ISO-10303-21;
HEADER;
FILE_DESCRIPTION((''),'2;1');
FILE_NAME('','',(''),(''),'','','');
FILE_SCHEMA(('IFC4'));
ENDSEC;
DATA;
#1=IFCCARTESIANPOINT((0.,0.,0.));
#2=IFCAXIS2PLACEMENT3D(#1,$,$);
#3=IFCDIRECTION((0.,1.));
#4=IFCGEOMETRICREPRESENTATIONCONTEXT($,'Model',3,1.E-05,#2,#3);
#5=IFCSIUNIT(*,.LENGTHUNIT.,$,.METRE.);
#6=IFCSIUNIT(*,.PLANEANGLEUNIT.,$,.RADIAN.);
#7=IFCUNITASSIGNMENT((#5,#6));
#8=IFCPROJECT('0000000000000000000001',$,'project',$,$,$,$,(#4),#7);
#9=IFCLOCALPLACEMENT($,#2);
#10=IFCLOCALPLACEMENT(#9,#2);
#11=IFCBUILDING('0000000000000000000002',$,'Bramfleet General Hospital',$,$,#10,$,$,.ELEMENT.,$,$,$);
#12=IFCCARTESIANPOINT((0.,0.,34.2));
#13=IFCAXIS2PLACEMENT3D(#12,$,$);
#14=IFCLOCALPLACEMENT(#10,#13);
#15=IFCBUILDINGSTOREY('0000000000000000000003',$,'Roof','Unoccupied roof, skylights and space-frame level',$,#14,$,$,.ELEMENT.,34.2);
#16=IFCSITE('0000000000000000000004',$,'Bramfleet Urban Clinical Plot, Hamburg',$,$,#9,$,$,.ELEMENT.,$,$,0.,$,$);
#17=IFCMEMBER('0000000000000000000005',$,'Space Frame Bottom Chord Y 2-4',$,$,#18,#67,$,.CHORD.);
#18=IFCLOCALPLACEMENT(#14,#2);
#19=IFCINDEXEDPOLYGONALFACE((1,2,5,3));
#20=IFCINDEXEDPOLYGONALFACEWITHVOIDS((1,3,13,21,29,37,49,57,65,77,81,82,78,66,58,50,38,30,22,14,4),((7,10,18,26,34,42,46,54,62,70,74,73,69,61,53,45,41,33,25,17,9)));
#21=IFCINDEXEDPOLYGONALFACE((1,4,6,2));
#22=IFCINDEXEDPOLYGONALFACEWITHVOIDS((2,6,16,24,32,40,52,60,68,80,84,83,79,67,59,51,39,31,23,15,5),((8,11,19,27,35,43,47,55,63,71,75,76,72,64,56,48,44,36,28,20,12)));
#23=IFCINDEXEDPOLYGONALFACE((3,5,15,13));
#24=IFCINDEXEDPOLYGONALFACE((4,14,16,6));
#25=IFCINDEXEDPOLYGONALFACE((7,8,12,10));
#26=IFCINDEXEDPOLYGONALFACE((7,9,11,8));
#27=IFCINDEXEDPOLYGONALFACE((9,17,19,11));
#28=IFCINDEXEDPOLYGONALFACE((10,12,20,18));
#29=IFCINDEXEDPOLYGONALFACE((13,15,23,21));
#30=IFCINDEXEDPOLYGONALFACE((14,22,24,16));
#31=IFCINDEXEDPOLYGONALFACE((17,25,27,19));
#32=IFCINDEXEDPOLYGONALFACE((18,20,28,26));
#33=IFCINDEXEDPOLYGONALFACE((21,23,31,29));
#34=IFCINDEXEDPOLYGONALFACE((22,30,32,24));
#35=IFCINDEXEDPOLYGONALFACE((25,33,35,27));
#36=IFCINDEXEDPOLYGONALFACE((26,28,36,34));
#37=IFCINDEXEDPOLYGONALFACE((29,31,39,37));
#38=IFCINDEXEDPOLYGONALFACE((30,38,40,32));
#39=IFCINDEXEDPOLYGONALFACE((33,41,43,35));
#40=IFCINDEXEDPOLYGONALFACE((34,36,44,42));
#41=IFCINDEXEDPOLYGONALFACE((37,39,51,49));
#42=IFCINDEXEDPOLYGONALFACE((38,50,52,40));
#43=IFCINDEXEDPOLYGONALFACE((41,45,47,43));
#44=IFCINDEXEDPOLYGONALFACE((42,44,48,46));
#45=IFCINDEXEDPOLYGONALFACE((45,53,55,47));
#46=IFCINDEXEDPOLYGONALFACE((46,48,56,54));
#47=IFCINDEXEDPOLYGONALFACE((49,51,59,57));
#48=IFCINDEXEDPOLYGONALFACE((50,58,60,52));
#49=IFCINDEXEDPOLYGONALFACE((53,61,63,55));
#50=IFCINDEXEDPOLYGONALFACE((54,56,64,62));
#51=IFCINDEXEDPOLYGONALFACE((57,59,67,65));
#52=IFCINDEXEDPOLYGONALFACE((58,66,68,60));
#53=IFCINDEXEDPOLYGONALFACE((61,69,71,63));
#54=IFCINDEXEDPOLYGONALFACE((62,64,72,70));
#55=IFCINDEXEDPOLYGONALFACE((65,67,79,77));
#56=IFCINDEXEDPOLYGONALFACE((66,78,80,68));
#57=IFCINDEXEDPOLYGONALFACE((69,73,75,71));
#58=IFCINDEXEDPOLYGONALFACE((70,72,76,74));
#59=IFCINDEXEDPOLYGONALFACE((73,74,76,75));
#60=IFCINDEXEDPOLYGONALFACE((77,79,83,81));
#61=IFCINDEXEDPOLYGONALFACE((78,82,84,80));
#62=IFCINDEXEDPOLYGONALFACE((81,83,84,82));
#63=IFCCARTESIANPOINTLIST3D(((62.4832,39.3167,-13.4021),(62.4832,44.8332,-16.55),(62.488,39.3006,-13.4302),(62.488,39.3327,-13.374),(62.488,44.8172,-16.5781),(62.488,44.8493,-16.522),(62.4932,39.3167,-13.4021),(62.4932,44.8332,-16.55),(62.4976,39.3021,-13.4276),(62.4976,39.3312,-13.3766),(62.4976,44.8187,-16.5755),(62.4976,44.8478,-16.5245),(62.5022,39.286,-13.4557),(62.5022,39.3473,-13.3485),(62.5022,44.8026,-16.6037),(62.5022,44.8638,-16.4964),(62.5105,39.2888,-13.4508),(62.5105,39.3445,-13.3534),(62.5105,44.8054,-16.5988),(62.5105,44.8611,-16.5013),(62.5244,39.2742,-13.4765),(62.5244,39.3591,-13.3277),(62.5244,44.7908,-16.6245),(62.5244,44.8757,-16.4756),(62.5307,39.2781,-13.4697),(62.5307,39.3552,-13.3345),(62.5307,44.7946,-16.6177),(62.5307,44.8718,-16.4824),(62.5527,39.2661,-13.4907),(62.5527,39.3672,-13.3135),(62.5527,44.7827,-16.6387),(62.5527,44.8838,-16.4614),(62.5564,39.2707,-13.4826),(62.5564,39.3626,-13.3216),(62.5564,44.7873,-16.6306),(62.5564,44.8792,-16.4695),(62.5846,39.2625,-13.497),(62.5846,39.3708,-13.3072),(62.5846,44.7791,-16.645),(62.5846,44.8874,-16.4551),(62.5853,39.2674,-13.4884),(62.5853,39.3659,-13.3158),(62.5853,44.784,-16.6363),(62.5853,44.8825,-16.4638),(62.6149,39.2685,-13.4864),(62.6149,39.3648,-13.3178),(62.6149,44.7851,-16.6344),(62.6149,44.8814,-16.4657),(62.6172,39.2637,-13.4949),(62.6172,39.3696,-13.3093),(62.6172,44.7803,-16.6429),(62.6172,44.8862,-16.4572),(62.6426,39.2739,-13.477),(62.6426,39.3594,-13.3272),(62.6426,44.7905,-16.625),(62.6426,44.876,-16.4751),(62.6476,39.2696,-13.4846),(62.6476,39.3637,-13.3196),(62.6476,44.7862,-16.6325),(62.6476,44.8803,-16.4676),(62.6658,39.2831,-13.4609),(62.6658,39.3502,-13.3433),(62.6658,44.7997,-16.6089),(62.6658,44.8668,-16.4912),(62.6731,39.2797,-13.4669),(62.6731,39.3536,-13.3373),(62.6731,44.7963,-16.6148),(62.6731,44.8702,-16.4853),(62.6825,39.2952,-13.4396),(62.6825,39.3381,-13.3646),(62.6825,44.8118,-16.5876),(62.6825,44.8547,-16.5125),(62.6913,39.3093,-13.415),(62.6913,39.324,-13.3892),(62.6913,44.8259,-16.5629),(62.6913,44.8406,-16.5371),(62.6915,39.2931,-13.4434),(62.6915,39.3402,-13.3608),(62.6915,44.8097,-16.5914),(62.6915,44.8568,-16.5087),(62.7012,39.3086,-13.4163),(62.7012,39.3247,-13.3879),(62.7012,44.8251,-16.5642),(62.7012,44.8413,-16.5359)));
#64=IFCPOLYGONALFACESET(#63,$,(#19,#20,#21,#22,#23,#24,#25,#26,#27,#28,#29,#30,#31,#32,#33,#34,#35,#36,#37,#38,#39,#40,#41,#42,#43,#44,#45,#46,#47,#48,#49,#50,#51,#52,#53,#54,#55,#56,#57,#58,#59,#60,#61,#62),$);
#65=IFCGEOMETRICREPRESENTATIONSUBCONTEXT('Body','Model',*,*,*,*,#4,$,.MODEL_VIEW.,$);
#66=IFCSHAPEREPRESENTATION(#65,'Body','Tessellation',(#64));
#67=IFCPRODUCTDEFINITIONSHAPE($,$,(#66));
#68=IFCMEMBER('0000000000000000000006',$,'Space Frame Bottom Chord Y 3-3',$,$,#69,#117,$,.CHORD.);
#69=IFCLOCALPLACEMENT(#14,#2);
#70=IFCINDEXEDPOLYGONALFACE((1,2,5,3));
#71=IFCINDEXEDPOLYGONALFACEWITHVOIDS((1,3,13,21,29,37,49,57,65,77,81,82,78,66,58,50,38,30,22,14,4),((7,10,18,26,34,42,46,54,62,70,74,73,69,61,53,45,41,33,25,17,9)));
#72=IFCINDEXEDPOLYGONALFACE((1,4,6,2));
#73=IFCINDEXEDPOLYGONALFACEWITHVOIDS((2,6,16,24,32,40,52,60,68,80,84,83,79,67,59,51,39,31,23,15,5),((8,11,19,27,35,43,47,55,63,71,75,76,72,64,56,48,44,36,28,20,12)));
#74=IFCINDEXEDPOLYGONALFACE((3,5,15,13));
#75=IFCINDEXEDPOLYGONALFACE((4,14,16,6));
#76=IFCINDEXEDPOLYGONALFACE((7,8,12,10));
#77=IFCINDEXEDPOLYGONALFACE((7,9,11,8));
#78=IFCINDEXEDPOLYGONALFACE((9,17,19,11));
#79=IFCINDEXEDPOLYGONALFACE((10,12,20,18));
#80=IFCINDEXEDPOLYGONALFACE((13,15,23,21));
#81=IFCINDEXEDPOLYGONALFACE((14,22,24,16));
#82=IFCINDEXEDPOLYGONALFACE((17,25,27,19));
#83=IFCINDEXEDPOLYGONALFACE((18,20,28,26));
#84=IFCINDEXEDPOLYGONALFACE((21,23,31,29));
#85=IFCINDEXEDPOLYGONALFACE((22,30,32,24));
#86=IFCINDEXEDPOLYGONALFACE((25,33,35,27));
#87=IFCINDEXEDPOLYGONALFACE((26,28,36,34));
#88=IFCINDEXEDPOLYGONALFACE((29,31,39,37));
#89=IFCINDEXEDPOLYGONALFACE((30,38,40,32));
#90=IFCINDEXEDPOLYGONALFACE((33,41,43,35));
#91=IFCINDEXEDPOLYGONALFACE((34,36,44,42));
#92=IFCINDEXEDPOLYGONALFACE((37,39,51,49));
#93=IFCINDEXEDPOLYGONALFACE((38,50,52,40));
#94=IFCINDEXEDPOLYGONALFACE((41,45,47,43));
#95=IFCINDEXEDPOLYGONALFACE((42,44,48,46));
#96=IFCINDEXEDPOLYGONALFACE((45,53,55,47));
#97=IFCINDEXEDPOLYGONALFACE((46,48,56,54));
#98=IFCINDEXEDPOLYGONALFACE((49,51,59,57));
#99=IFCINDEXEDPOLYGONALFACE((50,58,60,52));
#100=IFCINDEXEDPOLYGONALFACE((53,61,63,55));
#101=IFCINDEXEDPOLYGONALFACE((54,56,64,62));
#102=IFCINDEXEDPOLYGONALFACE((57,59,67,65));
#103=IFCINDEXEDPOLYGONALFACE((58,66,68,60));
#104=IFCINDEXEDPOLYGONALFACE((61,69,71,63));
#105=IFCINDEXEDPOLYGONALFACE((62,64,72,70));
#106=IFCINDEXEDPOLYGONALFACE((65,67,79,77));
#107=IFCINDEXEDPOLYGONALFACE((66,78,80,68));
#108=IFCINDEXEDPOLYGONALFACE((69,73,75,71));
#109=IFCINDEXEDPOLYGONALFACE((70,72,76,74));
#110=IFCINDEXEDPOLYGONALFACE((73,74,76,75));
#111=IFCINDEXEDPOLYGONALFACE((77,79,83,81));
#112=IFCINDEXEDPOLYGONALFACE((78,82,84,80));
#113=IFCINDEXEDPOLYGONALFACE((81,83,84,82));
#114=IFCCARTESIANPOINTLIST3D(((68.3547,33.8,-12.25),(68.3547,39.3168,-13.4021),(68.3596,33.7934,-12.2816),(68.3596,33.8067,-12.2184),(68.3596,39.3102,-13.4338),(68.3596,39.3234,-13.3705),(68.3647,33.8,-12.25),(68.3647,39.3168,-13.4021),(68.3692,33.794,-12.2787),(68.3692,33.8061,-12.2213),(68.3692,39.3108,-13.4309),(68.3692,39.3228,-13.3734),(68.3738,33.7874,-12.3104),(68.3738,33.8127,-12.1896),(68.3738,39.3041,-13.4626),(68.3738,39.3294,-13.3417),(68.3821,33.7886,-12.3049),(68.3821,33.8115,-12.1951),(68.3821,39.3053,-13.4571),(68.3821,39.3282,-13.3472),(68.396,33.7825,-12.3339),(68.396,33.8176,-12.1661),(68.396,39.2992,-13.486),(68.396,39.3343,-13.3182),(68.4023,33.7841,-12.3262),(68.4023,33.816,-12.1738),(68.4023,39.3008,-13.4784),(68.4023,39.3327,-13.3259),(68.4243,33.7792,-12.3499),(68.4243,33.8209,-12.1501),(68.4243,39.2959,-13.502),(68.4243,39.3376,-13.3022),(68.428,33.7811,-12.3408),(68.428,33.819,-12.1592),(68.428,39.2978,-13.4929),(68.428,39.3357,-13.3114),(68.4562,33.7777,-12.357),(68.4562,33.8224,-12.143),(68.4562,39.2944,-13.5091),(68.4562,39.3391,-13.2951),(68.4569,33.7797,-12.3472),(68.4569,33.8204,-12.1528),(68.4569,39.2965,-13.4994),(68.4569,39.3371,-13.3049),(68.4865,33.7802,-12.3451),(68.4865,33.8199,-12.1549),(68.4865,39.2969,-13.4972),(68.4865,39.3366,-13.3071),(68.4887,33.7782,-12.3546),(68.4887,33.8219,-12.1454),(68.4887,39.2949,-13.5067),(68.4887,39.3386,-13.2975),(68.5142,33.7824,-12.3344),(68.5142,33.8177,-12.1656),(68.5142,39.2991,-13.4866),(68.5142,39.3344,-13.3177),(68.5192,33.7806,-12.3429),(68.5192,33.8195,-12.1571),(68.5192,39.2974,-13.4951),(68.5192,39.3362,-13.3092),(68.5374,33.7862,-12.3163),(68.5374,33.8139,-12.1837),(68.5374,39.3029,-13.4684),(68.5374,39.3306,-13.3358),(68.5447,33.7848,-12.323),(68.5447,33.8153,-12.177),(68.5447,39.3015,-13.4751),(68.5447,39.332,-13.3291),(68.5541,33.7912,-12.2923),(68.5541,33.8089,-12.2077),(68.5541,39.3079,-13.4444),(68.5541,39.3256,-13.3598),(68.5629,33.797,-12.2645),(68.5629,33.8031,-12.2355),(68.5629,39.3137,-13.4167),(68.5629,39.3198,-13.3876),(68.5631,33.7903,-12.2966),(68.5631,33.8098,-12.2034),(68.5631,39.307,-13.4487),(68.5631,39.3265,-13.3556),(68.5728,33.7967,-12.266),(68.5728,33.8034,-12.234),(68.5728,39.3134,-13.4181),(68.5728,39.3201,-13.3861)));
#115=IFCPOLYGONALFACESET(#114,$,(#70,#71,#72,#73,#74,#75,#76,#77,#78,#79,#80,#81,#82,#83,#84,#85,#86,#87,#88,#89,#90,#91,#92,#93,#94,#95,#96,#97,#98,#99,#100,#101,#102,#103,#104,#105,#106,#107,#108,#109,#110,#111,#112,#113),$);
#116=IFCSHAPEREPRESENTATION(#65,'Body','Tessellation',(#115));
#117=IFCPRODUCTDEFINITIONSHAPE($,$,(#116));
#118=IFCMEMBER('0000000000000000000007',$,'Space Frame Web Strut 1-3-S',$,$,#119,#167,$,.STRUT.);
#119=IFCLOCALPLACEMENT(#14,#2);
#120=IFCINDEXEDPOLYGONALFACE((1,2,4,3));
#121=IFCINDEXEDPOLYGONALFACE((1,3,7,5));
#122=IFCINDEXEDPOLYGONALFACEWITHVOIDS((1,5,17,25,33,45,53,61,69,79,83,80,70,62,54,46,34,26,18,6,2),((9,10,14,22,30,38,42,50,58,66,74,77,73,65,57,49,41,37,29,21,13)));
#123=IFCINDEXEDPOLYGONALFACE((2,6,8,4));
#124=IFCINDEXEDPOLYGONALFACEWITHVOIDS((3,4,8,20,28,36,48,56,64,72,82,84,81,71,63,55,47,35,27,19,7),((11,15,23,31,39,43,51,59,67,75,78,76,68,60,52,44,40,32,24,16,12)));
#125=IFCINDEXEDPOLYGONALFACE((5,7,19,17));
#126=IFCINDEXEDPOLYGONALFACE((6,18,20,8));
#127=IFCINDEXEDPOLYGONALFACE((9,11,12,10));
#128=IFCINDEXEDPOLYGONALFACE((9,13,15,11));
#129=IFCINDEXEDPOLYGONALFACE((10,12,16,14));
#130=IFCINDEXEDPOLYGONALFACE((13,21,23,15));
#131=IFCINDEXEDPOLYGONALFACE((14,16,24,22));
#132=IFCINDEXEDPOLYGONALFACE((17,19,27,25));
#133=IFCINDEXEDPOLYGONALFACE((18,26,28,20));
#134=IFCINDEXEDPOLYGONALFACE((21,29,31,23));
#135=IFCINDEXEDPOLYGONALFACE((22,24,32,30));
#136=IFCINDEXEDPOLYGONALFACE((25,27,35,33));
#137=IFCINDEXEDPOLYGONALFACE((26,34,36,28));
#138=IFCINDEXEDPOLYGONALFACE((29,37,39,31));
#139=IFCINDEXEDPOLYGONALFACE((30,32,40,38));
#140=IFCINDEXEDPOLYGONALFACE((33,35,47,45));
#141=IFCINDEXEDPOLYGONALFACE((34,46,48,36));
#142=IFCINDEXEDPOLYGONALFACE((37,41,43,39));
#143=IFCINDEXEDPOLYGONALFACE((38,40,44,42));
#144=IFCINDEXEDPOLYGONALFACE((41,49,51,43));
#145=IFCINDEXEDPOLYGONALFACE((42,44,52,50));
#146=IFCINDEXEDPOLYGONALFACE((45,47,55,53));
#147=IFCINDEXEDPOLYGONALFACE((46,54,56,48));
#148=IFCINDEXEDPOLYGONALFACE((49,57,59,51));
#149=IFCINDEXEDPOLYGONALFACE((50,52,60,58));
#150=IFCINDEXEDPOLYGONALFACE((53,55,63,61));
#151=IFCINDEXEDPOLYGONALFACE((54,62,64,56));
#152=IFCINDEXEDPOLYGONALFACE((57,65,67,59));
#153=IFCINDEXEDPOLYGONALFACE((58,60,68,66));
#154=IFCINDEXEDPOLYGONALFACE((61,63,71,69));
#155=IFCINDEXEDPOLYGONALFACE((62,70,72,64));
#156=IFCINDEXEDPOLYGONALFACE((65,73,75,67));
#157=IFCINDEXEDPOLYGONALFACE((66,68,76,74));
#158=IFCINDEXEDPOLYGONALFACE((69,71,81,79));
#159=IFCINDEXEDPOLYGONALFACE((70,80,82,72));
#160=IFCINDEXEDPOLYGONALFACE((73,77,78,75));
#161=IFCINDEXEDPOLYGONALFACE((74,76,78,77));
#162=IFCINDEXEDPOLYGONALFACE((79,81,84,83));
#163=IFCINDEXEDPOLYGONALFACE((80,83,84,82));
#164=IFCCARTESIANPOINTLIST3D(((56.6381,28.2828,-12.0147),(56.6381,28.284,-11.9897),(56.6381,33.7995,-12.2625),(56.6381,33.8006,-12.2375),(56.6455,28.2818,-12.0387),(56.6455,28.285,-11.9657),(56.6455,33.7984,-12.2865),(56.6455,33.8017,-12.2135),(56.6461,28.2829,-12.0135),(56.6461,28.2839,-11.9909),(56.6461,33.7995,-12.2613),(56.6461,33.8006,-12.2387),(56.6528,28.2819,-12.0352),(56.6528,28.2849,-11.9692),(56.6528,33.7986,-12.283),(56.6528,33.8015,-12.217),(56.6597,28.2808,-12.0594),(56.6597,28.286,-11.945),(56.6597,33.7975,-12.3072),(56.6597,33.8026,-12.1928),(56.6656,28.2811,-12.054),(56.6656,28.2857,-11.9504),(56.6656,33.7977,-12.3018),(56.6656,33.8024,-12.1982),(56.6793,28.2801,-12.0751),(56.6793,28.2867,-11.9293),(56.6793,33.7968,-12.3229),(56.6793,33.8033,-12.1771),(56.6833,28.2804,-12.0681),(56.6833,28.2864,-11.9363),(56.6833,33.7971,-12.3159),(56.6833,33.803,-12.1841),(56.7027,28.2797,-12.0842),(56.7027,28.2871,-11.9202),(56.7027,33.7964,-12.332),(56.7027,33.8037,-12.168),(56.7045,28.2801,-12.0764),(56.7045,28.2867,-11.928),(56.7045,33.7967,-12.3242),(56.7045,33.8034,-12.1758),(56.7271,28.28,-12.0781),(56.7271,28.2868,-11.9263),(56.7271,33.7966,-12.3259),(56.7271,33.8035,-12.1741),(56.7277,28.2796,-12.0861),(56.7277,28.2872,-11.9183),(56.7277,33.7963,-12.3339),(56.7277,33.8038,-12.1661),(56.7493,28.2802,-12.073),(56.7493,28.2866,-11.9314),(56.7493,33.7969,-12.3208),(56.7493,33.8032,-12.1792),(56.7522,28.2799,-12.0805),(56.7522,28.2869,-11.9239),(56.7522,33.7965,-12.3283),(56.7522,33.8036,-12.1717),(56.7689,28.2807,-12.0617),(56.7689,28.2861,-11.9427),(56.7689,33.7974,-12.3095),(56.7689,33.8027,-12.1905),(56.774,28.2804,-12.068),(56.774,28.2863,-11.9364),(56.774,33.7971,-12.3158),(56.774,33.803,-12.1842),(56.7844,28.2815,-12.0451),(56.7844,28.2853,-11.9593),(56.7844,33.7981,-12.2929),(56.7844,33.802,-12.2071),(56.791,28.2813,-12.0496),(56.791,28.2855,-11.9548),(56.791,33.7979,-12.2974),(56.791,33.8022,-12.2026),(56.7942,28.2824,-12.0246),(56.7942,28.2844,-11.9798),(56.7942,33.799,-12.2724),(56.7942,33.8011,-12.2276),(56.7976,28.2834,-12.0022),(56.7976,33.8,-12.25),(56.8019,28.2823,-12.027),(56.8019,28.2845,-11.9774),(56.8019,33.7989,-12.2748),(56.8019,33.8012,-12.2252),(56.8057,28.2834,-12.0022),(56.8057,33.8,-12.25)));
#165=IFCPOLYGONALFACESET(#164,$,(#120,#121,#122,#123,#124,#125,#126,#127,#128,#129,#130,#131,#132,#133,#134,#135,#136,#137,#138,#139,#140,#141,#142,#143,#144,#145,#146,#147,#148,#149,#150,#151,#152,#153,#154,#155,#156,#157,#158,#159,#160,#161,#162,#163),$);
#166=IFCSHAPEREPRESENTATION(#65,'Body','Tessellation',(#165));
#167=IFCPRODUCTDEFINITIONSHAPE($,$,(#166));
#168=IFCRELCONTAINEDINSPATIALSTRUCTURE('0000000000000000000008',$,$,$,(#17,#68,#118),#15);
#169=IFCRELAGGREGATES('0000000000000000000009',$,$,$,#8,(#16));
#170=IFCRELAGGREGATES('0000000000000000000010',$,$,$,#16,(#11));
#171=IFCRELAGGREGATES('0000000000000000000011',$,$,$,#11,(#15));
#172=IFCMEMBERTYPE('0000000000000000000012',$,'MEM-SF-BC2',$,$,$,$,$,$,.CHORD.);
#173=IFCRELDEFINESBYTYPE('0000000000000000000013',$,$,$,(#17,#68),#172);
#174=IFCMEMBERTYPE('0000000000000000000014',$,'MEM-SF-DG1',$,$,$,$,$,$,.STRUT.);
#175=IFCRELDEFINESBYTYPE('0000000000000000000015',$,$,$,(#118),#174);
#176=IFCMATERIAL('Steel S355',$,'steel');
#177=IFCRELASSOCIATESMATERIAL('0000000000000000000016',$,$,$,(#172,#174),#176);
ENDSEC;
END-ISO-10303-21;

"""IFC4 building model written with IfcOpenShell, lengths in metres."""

from ifc_helpers import new_model, si_unit, direction, frame, origin, origin_2d, place, context, subcontext, project, spatial, hollow_circle, extrude, material, material_profile, profile_set, type_object, element, save


model = new_model("IFC4")

# Units and contexts
model_context = context("Model", 3, precision=1e-05, world=origin(), true_north=direction((0.0, 1.0)))
body_context = subcontext(model_context, "Body", "Model", "MODEL_VIEW")
ifc_project = project(units=[si_unit("LENGTHUNIT", "METRE"), si_unit("PLANEANGLEUNIT", "RADIAN")], contexts=[model_context])

# Site, building, storey
site_placement = place(None, origin())
site = spatial("IfcSite", under=ifc_project, at=site_placement, Name="Bramfleet Urban Clinical Plot, Hamburg", CompositionType="ELEMENT", RefElevation=0.0)
building_placement = place(site_placement, origin())
building = spatial("IfcBuilding", under=site, at=building_placement, Name="Bramfleet General Hospital", CompositionType="ELEMENT")
storey_placement = place(building_placement, frame((0.0, 0.0, 34.2)))
storey = spatial("IfcBuildingStorey", under=building, at=storey_placement, Name="Roof", Description="Unoccupied roof, skylights and space-frame level", CompositionType="ELEMENT", Elevation=34.2)

# Members
ifc_material = material(Name="Steel S355", Category="steel")
ifc_material_profile_1 = material_profile(ifc_material, hollow_circle(Radius=0.1096, WallThickness=0.01, at=origin_2d()), Name="CHS 219.1x10.0")
ifc_profile_set_1 = profile_set([ifc_material_profile_1], Name="Steel S355")
member_type_1 = type_object("IfcMemberType", Name="MEM-SF-BC2", PredefinedType="CHORD", material=ifc_profile_set_1)
member_1_placement = place(storey_placement, frame((62.5928, 39.3167, -13.4021), z_axis=(0.0, 0.868541, -0.495617), x_axis=(-1.0, 0.0, 0.0)))
element("IfcMember", 1, at=member_1_placement, inside=storey, type_object=member_type_1, Name="Space Frame Bottom Chord Y 2-4", PredefinedType="CHORD", context=body_context, shape_type="SweptSolid", body=[
    extrude(hollow_circle(Radius=0.1096, WallThickness=0.01, at=origin_2d()), origin(), (0.0, 0.0, 1.0), 6.3516),
])
member_2_placement = place(storey_placement, frame((68.4644, 33.8, -12.25), z_axis=(0.0, 0.978881, -0.204432), x_axis=(-1.0, 0.0, 0.0)))
element("IfcMember", 2, at=member_2_placement, inside=storey, type_object=member_type_1, Name="Space Frame Bottom Chord Y 3-3", PredefinedType="CHORD", context=body_context, shape_type="SweptSolid", body=[
    extrude(hollow_circle(Radius=0.1096, WallThickness=0.01, at=origin_2d()), origin(), (0.0, 0.0, 1.0), 5.6357),
])
ifc_material_profile_2 = material_profile(ifc_material, hollow_circle(Radius=0.0842, WallThickness=0.0081, at=origin_2d()), Name="CHS 168.3x8.0")
ifc_profile_set_2 = profile_set([ifc_material_profile_2], Name="Steel S355")
member_type_2 = type_object("IfcMemberType", Name="MEM-SF-DG1", PredefinedType="STRUT", material=ifc_profile_set_2)
for number, where, z_axis, x_axis, name in (
    (3, (56.7214, 33.8, -12.25), (0.0, -0.998993, 0.044874), (1.0, 0.0, 0.0), "Space Frame Web Strut 1-3-S"),
):
    element("IfcMember", number, at=place(storey_placement, frame(where, z_axis=z_axis, x_axis=x_axis)), inside=storey, type_object=member_type_2, Name=name, PredefinedType="STRUT", context=body_context, shape_type="SweptSolid", body=[
        extrude(hollow_circle(Radius=0.0842, WallThickness=0.0081, at=origin_2d()), origin(), (0.0, 0.0, 1.0), 5.5222),
    ])

save(model, "model.ifc")
